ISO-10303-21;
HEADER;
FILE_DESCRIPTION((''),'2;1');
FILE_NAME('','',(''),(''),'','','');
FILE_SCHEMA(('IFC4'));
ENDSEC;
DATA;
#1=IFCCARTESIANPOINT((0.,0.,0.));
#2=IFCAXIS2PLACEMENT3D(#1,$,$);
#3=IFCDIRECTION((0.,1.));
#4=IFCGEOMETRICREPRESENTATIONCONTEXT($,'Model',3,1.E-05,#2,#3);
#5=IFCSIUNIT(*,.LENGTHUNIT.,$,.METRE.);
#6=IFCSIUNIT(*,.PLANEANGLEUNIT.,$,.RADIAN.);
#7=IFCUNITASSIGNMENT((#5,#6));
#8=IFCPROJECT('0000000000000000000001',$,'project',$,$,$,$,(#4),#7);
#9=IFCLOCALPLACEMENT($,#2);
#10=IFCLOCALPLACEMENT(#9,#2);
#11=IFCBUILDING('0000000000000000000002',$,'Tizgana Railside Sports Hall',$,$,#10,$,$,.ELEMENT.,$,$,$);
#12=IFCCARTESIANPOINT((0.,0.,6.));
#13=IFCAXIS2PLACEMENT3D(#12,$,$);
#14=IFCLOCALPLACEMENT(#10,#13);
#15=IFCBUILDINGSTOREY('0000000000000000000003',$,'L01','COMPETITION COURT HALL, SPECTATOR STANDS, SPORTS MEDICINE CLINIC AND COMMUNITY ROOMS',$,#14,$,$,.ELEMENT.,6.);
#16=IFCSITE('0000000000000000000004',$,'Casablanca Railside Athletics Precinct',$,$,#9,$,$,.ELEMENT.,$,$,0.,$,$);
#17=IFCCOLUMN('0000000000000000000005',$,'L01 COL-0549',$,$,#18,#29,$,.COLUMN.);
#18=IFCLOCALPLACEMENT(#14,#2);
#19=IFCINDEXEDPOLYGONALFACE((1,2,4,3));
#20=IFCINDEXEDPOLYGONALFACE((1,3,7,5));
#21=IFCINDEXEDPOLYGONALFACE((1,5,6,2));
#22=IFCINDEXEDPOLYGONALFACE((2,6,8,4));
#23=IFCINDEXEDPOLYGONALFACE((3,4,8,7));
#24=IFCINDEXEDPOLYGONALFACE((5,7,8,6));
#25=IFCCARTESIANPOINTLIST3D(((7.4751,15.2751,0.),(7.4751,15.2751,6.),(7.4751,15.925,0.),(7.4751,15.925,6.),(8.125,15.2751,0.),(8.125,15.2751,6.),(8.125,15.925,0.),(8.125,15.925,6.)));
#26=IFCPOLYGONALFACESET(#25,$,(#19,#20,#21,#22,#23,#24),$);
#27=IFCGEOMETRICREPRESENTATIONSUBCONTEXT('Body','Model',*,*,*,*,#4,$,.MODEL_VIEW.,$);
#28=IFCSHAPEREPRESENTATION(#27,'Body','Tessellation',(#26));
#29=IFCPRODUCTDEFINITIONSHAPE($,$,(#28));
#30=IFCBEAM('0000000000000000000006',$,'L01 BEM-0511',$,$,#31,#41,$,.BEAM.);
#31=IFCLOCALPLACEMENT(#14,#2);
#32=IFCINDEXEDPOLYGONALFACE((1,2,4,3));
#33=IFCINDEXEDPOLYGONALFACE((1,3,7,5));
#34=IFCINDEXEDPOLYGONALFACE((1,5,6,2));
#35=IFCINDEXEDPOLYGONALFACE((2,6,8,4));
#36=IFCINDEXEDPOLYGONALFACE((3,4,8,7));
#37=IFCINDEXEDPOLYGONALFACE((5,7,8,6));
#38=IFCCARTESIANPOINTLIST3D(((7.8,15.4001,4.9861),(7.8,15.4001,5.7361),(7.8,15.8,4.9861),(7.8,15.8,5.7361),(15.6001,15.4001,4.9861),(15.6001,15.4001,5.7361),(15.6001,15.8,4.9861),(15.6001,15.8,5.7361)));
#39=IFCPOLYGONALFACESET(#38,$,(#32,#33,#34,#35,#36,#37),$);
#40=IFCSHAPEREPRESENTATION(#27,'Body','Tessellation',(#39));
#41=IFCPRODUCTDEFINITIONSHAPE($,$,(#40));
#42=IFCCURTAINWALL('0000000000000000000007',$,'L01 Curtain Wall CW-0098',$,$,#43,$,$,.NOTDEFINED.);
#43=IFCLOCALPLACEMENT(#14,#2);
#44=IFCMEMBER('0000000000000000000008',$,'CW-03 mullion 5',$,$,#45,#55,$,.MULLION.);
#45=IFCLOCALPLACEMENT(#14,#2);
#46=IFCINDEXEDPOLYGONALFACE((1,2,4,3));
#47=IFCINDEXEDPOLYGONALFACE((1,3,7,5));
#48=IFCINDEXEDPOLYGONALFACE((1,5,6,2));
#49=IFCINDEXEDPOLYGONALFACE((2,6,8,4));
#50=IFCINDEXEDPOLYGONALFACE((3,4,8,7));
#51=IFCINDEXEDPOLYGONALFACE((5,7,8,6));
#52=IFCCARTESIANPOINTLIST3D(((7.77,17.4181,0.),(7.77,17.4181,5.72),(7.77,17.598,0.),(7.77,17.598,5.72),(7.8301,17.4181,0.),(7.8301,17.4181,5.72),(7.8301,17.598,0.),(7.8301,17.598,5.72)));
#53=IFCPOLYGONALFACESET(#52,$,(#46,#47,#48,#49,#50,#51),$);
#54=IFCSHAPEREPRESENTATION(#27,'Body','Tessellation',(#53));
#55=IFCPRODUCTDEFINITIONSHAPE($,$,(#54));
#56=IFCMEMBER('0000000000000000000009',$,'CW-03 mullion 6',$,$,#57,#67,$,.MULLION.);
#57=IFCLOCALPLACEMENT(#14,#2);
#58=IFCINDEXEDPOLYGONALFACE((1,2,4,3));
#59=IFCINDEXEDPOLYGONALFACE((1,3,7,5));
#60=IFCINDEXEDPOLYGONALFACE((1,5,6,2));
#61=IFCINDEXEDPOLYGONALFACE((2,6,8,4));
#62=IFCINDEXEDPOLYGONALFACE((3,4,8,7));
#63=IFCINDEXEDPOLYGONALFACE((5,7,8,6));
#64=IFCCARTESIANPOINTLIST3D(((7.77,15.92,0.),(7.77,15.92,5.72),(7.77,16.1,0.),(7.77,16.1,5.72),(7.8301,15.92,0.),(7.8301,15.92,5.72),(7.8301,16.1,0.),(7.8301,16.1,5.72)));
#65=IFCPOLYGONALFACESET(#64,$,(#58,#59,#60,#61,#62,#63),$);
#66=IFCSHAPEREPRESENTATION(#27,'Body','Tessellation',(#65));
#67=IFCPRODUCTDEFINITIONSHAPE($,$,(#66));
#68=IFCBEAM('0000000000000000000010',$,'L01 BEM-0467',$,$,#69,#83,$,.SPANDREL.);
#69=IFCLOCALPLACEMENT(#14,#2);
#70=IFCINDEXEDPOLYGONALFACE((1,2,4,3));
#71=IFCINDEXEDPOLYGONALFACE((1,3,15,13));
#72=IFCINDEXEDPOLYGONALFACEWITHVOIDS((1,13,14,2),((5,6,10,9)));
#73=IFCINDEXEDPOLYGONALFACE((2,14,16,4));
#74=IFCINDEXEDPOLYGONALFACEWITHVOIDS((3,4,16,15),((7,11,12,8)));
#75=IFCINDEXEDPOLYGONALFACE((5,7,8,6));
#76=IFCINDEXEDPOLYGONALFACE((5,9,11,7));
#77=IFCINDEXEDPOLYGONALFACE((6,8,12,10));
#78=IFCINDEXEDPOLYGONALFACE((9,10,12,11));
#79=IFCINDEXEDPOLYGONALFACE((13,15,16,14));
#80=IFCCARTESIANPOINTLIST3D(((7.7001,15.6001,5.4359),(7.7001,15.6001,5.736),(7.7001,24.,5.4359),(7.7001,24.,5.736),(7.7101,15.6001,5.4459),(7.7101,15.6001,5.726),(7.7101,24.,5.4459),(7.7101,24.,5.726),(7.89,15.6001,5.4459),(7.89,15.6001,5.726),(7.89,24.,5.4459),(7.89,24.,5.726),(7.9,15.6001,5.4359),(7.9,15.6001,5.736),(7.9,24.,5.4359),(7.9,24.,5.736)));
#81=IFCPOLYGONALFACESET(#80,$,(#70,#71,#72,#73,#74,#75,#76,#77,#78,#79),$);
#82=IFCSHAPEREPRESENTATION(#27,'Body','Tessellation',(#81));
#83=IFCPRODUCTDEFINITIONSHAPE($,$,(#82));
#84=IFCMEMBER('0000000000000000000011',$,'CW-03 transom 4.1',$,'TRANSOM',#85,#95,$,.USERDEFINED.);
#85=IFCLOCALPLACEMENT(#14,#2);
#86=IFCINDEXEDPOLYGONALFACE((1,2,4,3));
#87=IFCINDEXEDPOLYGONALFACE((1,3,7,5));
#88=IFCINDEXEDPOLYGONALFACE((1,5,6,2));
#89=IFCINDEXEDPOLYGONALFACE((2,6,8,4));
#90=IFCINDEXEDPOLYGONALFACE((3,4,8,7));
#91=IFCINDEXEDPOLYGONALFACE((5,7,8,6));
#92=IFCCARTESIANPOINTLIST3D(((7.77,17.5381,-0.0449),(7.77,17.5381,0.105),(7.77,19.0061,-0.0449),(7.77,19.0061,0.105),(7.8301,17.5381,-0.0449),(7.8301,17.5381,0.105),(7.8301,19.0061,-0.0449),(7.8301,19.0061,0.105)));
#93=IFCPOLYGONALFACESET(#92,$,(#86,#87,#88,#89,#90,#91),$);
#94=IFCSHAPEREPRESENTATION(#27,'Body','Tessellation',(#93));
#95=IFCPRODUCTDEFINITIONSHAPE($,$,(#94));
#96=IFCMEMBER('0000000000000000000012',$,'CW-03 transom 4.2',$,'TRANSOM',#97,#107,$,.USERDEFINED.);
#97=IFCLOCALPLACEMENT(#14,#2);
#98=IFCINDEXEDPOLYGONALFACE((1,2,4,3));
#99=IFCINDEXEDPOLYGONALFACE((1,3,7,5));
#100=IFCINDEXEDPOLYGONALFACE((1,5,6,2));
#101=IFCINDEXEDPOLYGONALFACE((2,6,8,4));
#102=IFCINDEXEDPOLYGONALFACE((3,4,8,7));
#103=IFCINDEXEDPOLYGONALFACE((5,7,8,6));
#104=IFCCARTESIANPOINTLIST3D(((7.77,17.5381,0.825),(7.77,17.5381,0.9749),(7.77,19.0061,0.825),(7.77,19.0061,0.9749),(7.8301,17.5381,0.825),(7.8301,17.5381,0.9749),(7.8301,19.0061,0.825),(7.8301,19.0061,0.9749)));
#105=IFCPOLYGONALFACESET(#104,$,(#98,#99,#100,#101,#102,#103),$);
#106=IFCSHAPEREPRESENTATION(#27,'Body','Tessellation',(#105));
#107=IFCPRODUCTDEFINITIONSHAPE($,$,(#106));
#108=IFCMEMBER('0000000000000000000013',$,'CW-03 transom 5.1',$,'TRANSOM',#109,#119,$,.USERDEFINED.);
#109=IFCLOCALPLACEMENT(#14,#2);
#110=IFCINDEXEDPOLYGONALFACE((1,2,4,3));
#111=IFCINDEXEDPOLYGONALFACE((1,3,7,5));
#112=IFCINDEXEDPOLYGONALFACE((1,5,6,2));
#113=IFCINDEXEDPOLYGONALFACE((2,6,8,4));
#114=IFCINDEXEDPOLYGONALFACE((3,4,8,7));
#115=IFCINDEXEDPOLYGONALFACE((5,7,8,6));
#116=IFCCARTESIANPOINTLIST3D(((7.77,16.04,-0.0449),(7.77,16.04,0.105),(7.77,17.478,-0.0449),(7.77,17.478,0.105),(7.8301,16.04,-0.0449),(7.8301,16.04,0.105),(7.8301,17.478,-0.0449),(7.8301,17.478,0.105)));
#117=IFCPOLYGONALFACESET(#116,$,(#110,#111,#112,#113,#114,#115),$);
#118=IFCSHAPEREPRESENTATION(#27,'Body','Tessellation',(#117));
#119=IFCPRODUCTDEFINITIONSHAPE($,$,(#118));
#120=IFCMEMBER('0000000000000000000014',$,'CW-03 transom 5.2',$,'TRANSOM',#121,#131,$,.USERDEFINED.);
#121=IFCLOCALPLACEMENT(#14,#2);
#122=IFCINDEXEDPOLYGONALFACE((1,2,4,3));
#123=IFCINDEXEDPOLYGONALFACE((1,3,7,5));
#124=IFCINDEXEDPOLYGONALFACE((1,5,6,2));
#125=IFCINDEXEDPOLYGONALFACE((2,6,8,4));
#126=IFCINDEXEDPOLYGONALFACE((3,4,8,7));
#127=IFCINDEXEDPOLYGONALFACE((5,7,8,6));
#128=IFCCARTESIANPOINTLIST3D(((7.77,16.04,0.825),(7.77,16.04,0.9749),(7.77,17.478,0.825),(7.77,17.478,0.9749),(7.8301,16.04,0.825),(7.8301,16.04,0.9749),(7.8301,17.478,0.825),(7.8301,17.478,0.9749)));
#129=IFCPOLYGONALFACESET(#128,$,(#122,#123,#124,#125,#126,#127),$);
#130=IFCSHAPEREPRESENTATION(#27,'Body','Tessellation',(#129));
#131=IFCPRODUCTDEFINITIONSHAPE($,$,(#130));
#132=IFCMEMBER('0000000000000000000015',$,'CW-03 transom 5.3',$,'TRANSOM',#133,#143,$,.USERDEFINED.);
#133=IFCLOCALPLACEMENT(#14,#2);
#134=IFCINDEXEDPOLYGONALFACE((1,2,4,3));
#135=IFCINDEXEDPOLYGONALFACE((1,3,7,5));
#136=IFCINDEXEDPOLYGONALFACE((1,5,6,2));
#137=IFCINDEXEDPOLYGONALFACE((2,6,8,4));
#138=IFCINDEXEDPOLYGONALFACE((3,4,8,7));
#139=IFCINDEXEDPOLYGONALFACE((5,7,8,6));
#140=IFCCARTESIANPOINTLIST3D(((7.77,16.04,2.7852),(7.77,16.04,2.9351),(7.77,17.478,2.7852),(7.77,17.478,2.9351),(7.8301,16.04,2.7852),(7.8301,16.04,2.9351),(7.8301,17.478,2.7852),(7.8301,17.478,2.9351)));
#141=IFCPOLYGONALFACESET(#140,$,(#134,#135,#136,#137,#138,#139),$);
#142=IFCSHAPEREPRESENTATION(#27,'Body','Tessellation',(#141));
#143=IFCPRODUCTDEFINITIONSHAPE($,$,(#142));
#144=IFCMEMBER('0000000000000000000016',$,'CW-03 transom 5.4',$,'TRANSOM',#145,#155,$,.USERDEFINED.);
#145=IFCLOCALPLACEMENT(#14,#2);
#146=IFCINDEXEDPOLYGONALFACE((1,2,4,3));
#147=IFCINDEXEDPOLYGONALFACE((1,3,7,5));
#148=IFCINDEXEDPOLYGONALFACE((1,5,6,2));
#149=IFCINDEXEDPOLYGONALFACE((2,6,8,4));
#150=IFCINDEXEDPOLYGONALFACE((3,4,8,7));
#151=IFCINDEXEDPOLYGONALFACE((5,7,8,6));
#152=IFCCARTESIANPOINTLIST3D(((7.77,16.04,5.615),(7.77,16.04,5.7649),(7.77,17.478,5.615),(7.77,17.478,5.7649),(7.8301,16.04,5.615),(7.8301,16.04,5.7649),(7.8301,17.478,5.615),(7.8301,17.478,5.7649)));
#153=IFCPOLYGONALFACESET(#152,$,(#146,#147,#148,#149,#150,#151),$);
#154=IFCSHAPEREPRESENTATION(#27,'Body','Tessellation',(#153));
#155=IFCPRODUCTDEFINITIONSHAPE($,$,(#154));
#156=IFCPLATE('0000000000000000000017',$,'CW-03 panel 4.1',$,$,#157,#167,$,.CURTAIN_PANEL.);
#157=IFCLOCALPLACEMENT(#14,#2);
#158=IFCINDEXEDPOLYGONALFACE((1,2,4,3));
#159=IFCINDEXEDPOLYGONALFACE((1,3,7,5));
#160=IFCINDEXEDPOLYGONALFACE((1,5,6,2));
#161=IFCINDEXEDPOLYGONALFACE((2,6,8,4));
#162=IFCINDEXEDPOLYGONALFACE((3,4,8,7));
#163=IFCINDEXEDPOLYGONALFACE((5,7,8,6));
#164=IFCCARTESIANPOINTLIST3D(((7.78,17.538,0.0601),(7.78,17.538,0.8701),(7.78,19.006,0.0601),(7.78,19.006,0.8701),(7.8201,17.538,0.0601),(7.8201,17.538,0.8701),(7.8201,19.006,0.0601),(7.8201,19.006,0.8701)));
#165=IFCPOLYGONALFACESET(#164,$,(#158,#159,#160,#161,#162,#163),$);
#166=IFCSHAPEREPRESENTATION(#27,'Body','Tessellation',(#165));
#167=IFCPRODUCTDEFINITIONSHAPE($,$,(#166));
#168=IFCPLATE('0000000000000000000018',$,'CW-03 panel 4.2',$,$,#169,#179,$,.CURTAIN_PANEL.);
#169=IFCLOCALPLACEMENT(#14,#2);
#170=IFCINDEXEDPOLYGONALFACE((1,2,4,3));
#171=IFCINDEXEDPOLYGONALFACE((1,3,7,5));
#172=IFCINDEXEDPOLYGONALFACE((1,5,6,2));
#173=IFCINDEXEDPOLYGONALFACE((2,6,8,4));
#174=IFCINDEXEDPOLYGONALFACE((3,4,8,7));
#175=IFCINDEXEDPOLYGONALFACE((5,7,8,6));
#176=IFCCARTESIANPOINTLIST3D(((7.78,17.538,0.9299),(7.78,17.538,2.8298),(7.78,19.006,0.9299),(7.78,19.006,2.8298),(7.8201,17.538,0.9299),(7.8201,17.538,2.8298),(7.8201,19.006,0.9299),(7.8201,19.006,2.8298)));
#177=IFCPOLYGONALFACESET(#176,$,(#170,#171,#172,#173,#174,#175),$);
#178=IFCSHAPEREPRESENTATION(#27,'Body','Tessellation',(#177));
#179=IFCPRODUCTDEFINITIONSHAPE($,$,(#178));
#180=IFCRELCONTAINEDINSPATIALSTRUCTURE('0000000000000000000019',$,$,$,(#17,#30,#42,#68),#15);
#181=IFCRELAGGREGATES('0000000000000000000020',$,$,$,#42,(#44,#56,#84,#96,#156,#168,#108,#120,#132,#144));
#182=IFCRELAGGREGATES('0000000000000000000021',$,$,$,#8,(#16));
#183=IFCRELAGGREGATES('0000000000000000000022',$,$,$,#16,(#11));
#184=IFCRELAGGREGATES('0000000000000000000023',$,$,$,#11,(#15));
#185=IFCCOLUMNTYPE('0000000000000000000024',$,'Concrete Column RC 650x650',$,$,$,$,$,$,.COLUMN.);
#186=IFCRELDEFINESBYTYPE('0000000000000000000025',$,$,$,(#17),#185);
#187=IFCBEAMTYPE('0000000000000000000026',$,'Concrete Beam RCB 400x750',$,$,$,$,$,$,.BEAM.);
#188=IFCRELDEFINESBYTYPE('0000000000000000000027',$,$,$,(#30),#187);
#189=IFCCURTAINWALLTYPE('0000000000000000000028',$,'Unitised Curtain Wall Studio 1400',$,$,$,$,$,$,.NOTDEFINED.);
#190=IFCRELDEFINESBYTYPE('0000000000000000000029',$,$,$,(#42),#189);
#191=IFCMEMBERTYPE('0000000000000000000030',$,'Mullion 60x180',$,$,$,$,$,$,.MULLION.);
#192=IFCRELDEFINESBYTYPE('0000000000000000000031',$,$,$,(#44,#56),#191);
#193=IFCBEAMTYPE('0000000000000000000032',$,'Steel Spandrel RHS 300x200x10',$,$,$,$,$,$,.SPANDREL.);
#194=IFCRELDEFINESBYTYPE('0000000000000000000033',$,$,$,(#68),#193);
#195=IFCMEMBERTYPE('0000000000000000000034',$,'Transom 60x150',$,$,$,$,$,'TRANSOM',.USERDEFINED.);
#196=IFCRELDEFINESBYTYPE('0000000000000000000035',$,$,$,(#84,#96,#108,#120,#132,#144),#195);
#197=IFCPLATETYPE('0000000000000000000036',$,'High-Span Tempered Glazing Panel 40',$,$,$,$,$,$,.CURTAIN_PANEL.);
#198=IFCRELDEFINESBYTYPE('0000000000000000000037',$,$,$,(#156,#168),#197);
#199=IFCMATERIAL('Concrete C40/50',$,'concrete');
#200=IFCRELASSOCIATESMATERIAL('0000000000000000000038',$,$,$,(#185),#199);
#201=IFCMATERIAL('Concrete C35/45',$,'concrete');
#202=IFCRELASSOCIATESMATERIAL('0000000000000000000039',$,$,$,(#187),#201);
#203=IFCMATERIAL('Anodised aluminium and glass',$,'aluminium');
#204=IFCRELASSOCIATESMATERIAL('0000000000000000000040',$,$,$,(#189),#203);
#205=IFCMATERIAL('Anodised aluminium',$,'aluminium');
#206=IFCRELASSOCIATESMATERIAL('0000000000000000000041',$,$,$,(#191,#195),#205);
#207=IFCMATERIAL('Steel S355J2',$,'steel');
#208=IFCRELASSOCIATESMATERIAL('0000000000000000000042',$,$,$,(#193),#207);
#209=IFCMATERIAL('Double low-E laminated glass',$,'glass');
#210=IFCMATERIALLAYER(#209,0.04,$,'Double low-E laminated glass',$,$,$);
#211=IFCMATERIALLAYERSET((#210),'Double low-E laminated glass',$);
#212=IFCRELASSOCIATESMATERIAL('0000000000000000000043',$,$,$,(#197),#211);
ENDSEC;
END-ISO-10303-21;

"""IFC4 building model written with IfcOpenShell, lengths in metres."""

from ifc_helpers import new_model, si_unit, direction, frame, origin, origin_2d, place, context, subcontext, project, spatial, rectangle, hollow_rectangle, extrude, material, layer, layer_set, material_profile, profile_set, type_object, element, aggregate, save


model = new_model("IFC4")

# Units and contexts
model_context = context("Model", 3, precision=1e-05, world=origin(), true_north=direction((0.0, 1.0)))
body_context = subcontext(model_context, "Body", "Model", "MODEL_VIEW")
ifc_project = project(units=[si_unit("LENGTHUNIT", "METRE"), si_unit("PLANEANGLEUNIT", "RADIAN")], contexts=[model_context])

# Site, building, storey
site_placement = place(None, origin())
site = spatial("IfcSite", under=ifc_project, at=site_placement, Name="Casablanca Railside Athletics Precinct", CompositionType="ELEMENT", RefElevation=0.0)
building_placement = place(site_placement, origin())
building = spatial("IfcBuilding", under=site, at=building_placement, Name="Tizgana Railside Sports Hall", CompositionType="ELEMENT")
storey_placement = place(building_placement, frame((0.0, 0.0, 6.0)))
storey = spatial("IfcBuildingStorey", under=building, at=storey_placement, Name="L01", Description="COMPETITION COURT HALL, SPECTATOR STANDS, SPORTS MEDICINE CLINIC AND COMMUNITY ROOMS", CompositionType="ELEMENT", Elevation=6.0)

# Column
ifc_material_1 = material(Name="Concrete C40/50", Category="concrete")
ifc_material_profile_1 = material_profile(ifc_material_1, rectangle(XDim=0.6499, YDim=0.6499, at=origin_2d()), Name="RC 650x650")
ifc_profile_set_1 = profile_set([ifc_material_profile_1], Name="Concrete C40/50")
column_type = type_object("IfcColumnType", Name="Concrete Column RC 650x650", PredefinedType="COLUMN", material=ifc_profile_set_1)
column_placement = place(storey_placement, frame((7.8, 15.6001, 0.0), z_axis=(0.0, 0.0, 1.0), x_axis=(1.0, 0.0, 0.0)))
element("IfcColumn", 1, at=column_placement, inside=storey, type_object=column_type, Name="L01 COL-0549", PredefinedType="COLUMN", context=body_context, shape_type="SweptSolid", body=[
    extrude(rectangle(XDim=0.6499, YDim=0.6499, at=origin_2d()), origin(), (0.0, 0.0, 1.0), 6.0),
])

# Beam
ifc_material_2 = material(Name="Concrete C35/45", Category="concrete")
ifc_material_profile_2 = material_profile(ifc_material_2, rectangle(XDim=0.3999, YDim=0.75, at=origin_2d()), Name="RCB 400x750")
ifc_profile_set_2 = profile_set([ifc_material_profile_2], Name="Concrete C35/45")
beam_type_1 = type_object("IfcBeamType", Name="Concrete Beam RCB 400x750", PredefinedType="BEAM", material=ifc_profile_set_2)
beam_1_placement = place(storey_placement, frame((7.8, 15.6001, 5.3611), z_axis=(1.0, 0.0, 0.0), x_axis=(0.0, 1.0, 0.0)))
element("IfcBeam", 2, at=beam_1_placement, inside=storey, type_object=beam_type_1, Name="L01 BEM-0511", PredefinedType="BEAM", context=body_context, shape_type="SweptSolid", body=[
    extrude(rectangle(XDim=0.3999, YDim=0.75, at=origin_2d()), origin(), (0.0, 0.0, 1.0), 7.8),
])

# Curtain wall, members
ifc_material_3 = material(Name="Anodised aluminium and glass", Category="aluminium")
curtain_wall_type = type_object("IfcCurtainWallType", Name="Unitised Curtain Wall Studio 1400", PredefinedType="NOTDEFINED", material=ifc_material_3)
curtain_wall_placement = place(storey_placement, origin())
curtain_wall = element("IfcCurtainWall", 3, at=curtain_wall_placement, inside=storey, type_object=curtain_wall_type, Name="L01 Curtain Wall CW-0098", PredefinedType="NOTDEFINED")
ifc_material_4 = material(Name="Anodised aluminium", Category="aluminium")
ifc_material_profile_3 = material_profile(ifc_material_4, rectangle(XDim=0.0601, YDim=0.1799, at=origin_2d()), Name="Mullion 60x180")
ifc_profile_set_3 = profile_set([ifc_material_profile_3], Name="Anodised aluminium")
member_type_1 = type_object("IfcMemberType", Name="Mullion 60x180", PredefinedType="MULLION", material=ifc_profile_set_3)
member_1_placement = place(storey_placement, frame((7.8, 17.5081, 0.0), z_axis=(0.0, 0.0, 1.0), x_axis=(1.0, 0.0, 0.0)))
member_1 = element("IfcMember", 4, at=member_1_placement, type_object=member_type_1, Name="CW-03 mullion 5", PredefinedType="MULLION", context=body_context, shape_type="SweptSolid", body=[
    extrude(rectangle(XDim=0.0601, YDim=0.1799, at=origin_2d()), origin(), (0.0, 0.0, 1.0), 5.72),
])
member_2_placement = place(storey_placement, frame((7.8, 16.01, 0.0), z_axis=(0.0, 0.0, 1.0), x_axis=(1.0, 0.0, 0.0)))
member_2 = element("IfcMember", 5, at=member_2_placement, type_object=member_type_1, Name="CW-03 mullion 6", PredefinedType="MULLION", context=body_context, shape_type="SweptSolid", body=[
    extrude(rectangle(XDim=0.0601, YDim=0.1799, at=origin_2d()), origin(), (0.0, 0.0, 1.0), 5.72),
])

# Beam
ifc_material_5 = material(Name="Steel S355J2", Category="steel")
ifc_material_profile_4 = material_profile(ifc_material_5, hollow_rectangle(XDim=0.2, YDim=0.3, WallThickness=0.01, at=origin_2d()), Name="RHS 300x200x10")
ifc_profile_set_4 = profile_set([ifc_material_profile_4], Name="Steel S355J2")
beam_type_2 = type_object("IfcBeamType", Name="Steel Spandrel RHS 300x200x10", PredefinedType="SPANDREL", material=ifc_profile_set_4)
beam_2_placement = place(storey_placement, frame((7.8, 15.6001, 5.5859), z_axis=(0.0, 1.0, 0.0), x_axis=(-1.0, 0.0, 0.0)))
element("IfcBeam", 6, at=beam_2_placement, inside=storey, type_object=beam_type_2, Name="L01 BEM-0467", PredefinedType="SPANDREL", context=body_context, shape_type="SweptSolid", body=[
    extrude(hollow_rectangle(XDim=0.2, YDim=0.3, WallThickness=0.01, at=origin_2d()), origin(), (0.0, 0.0, 1.0), 8.3999),
])

# Members
ifc_material_profile_5 = material_profile(ifc_material_4, rectangle(XDim=0.0601, YDim=0.1499, at=origin_2d()), Name="Transom 60x150")
ifc_profile_set_5 = profile_set([ifc_material_profile_5], Name="Anodised aluminium")
member_type_2 = type_object("IfcMemberType", Name="Transom 60x150", ElementType="TRANSOM", PredefinedType="USERDEFINED", material=ifc_profile_set_5)
member_3_placement = place(storey_placement, frame((7.8, 19.0061, 0.03), z_axis=(0.0, -1.0, 0.0), x_axis=(1.0, 0.0, 0.0)))
member_3 = element("IfcMember", 7, at=member_3_placement, type_object=member_type_2, Name="CW-03 transom 4.1", ObjectType="TRANSOM", PredefinedType="USERDEFINED", context=body_context, shape_type="SweptSolid", body=[
    extrude(rectangle(XDim=0.0601, YDim=0.1499, at=origin_2d()), origin(), (0.0, 0.0, 1.0), 1.468),
])
member_4_placement = place(storey_placement, frame((7.8, 19.0061, 0.8999), z_axis=(0.0, -1.0, 0.0), x_axis=(1.0, 0.0, 0.0)))
member_4 = element("IfcMember", 8, at=member_4_placement, type_object=member_type_2, Name="CW-03 transom 4.2", ObjectType="TRANSOM", PredefinedType="USERDEFINED", context=body_context, shape_type="SweptSolid", body=[
    extrude(rectangle(XDim=0.0601, YDim=0.1499, at=origin_2d()), origin(), (0.0, 0.0, 1.0), 1.468),
])
member_5_placement = place(storey_placement, frame((7.8, 17.478, 0.03), z_axis=(0.0, -1.0, 0.0), x_axis=(1.0, 0.0, 0.0)))
member_5 = element("IfcMember", 9, at=member_5_placement, type_object=member_type_2, Name="CW-03 transom 5.1", ObjectType="TRANSOM", PredefinedType="USERDEFINED", context=body_context, shape_type="SweptSolid", body=[
    extrude(rectangle(XDim=0.0601, YDim=0.1499, at=origin_2d()), origin(), (0.0, 0.0, 1.0), 1.438),
])
member_6_placement = place(storey_placement, frame((7.8, 17.478, 0.8999), z_axis=(0.0, -1.0, 0.0), x_axis=(1.0, 0.0, 0.0)))
member_6 = element("IfcMember", 10, at=member_6_placement, type_object=member_type_2, Name="CW-03 transom 5.2", ObjectType="TRANSOM", PredefinedType="USERDEFINED", context=body_context, shape_type="SweptSolid", body=[
    extrude(rectangle(XDim=0.0601, YDim=0.1499, at=origin_2d()), origin(), (0.0, 0.0, 1.0), 1.438),
])
member_7_placement = place(storey_placement, frame((7.8, 17.478, 2.8601), z_axis=(0.0, -1.0, 0.0), x_axis=(1.0, 0.0, 0.0)))
member_7 = element("IfcMember", 11, at=member_7_placement, type_object=member_type_2, Name="CW-03 transom 5.3", ObjectType="TRANSOM", PredefinedType="USERDEFINED", context=body_context, shape_type="SweptSolid", body=[
    extrude(rectangle(XDim=0.0601, YDim=0.1499, at=origin_2d()), origin(), (0.0, 0.0, 1.0), 1.438),
])
member_8_placement = place(storey_placement, frame((7.8, 17.478, 5.6899), z_axis=(0.0, -1.0, 0.0), x_axis=(1.0, 0.0, 0.0)))
member_8 = element("IfcMember", 12, at=member_8_placement, type_object=member_type_2, Name="CW-03 transom 5.4", ObjectType="TRANSOM", PredefinedType="USERDEFINED", context=body_context, shape_type="SweptSolid", body=[
    extrude(rectangle(XDim=0.0601, YDim=0.1499, at=origin_2d()), origin(), (0.0, 0.0, 1.0), 1.438),
])

# Plates
ifc_material_6 = material(Name="Double low-E laminated glass", Category="glass")
ifc_layer = layer(ifc_material_6, 0.04, Name="Double low-E laminated glass")
ifc_layer_set = layer_set([ifc_layer], Name="Double low-E laminated glass")
plate_type = type_object("IfcPlateType", Name="High-Span Tempered Glazing Panel 40", PredefinedType="CURTAIN_PANEL", material=ifc_layer_set)
plate_1_placement = place(storey_placement, frame((7.8, 18.272, 0.0601), z_axis=(0.0, 0.0, 1.0), x_axis=(0.0, -1.0, 0.0)))
plate_1 = element("IfcPlate", 13, at=plate_1_placement, type_object=plate_type, Name="CW-03 panel 4.1", PredefinedType="CURTAIN_PANEL", context=body_context, shape_type="SweptSolid", body=[
    extrude(rectangle(XDim=1.468, YDim=0.04, at=origin_2d()), origin(), (0.0, 0.0, 1.0), 0.8101),
])
plate_2_placement = place(storey_placement, frame((7.8, 18.272, 0.9299), z_axis=(0.0, 0.0, 1.0), x_axis=(0.0, -1.0, 0.0)))
plate_2 = element("IfcPlate", 14, at=plate_2_placement, type_object=plate_type, Name="CW-03 panel 4.2", PredefinedType="CURTAIN_PANEL", context=body_context, shape_type="SweptSolid", body=[
    extrude(rectangle(XDim=1.468, YDim=0.04, at=origin_2d()), origin(), (0.0, 0.0, 1.0), 1.8999),
])
aggregate(curtain_wall, [member_1, member_2, member_3, member_4, plate_1, plate_2, member_5, member_6, member_7, member_8])

save(model, "model.ifc")
